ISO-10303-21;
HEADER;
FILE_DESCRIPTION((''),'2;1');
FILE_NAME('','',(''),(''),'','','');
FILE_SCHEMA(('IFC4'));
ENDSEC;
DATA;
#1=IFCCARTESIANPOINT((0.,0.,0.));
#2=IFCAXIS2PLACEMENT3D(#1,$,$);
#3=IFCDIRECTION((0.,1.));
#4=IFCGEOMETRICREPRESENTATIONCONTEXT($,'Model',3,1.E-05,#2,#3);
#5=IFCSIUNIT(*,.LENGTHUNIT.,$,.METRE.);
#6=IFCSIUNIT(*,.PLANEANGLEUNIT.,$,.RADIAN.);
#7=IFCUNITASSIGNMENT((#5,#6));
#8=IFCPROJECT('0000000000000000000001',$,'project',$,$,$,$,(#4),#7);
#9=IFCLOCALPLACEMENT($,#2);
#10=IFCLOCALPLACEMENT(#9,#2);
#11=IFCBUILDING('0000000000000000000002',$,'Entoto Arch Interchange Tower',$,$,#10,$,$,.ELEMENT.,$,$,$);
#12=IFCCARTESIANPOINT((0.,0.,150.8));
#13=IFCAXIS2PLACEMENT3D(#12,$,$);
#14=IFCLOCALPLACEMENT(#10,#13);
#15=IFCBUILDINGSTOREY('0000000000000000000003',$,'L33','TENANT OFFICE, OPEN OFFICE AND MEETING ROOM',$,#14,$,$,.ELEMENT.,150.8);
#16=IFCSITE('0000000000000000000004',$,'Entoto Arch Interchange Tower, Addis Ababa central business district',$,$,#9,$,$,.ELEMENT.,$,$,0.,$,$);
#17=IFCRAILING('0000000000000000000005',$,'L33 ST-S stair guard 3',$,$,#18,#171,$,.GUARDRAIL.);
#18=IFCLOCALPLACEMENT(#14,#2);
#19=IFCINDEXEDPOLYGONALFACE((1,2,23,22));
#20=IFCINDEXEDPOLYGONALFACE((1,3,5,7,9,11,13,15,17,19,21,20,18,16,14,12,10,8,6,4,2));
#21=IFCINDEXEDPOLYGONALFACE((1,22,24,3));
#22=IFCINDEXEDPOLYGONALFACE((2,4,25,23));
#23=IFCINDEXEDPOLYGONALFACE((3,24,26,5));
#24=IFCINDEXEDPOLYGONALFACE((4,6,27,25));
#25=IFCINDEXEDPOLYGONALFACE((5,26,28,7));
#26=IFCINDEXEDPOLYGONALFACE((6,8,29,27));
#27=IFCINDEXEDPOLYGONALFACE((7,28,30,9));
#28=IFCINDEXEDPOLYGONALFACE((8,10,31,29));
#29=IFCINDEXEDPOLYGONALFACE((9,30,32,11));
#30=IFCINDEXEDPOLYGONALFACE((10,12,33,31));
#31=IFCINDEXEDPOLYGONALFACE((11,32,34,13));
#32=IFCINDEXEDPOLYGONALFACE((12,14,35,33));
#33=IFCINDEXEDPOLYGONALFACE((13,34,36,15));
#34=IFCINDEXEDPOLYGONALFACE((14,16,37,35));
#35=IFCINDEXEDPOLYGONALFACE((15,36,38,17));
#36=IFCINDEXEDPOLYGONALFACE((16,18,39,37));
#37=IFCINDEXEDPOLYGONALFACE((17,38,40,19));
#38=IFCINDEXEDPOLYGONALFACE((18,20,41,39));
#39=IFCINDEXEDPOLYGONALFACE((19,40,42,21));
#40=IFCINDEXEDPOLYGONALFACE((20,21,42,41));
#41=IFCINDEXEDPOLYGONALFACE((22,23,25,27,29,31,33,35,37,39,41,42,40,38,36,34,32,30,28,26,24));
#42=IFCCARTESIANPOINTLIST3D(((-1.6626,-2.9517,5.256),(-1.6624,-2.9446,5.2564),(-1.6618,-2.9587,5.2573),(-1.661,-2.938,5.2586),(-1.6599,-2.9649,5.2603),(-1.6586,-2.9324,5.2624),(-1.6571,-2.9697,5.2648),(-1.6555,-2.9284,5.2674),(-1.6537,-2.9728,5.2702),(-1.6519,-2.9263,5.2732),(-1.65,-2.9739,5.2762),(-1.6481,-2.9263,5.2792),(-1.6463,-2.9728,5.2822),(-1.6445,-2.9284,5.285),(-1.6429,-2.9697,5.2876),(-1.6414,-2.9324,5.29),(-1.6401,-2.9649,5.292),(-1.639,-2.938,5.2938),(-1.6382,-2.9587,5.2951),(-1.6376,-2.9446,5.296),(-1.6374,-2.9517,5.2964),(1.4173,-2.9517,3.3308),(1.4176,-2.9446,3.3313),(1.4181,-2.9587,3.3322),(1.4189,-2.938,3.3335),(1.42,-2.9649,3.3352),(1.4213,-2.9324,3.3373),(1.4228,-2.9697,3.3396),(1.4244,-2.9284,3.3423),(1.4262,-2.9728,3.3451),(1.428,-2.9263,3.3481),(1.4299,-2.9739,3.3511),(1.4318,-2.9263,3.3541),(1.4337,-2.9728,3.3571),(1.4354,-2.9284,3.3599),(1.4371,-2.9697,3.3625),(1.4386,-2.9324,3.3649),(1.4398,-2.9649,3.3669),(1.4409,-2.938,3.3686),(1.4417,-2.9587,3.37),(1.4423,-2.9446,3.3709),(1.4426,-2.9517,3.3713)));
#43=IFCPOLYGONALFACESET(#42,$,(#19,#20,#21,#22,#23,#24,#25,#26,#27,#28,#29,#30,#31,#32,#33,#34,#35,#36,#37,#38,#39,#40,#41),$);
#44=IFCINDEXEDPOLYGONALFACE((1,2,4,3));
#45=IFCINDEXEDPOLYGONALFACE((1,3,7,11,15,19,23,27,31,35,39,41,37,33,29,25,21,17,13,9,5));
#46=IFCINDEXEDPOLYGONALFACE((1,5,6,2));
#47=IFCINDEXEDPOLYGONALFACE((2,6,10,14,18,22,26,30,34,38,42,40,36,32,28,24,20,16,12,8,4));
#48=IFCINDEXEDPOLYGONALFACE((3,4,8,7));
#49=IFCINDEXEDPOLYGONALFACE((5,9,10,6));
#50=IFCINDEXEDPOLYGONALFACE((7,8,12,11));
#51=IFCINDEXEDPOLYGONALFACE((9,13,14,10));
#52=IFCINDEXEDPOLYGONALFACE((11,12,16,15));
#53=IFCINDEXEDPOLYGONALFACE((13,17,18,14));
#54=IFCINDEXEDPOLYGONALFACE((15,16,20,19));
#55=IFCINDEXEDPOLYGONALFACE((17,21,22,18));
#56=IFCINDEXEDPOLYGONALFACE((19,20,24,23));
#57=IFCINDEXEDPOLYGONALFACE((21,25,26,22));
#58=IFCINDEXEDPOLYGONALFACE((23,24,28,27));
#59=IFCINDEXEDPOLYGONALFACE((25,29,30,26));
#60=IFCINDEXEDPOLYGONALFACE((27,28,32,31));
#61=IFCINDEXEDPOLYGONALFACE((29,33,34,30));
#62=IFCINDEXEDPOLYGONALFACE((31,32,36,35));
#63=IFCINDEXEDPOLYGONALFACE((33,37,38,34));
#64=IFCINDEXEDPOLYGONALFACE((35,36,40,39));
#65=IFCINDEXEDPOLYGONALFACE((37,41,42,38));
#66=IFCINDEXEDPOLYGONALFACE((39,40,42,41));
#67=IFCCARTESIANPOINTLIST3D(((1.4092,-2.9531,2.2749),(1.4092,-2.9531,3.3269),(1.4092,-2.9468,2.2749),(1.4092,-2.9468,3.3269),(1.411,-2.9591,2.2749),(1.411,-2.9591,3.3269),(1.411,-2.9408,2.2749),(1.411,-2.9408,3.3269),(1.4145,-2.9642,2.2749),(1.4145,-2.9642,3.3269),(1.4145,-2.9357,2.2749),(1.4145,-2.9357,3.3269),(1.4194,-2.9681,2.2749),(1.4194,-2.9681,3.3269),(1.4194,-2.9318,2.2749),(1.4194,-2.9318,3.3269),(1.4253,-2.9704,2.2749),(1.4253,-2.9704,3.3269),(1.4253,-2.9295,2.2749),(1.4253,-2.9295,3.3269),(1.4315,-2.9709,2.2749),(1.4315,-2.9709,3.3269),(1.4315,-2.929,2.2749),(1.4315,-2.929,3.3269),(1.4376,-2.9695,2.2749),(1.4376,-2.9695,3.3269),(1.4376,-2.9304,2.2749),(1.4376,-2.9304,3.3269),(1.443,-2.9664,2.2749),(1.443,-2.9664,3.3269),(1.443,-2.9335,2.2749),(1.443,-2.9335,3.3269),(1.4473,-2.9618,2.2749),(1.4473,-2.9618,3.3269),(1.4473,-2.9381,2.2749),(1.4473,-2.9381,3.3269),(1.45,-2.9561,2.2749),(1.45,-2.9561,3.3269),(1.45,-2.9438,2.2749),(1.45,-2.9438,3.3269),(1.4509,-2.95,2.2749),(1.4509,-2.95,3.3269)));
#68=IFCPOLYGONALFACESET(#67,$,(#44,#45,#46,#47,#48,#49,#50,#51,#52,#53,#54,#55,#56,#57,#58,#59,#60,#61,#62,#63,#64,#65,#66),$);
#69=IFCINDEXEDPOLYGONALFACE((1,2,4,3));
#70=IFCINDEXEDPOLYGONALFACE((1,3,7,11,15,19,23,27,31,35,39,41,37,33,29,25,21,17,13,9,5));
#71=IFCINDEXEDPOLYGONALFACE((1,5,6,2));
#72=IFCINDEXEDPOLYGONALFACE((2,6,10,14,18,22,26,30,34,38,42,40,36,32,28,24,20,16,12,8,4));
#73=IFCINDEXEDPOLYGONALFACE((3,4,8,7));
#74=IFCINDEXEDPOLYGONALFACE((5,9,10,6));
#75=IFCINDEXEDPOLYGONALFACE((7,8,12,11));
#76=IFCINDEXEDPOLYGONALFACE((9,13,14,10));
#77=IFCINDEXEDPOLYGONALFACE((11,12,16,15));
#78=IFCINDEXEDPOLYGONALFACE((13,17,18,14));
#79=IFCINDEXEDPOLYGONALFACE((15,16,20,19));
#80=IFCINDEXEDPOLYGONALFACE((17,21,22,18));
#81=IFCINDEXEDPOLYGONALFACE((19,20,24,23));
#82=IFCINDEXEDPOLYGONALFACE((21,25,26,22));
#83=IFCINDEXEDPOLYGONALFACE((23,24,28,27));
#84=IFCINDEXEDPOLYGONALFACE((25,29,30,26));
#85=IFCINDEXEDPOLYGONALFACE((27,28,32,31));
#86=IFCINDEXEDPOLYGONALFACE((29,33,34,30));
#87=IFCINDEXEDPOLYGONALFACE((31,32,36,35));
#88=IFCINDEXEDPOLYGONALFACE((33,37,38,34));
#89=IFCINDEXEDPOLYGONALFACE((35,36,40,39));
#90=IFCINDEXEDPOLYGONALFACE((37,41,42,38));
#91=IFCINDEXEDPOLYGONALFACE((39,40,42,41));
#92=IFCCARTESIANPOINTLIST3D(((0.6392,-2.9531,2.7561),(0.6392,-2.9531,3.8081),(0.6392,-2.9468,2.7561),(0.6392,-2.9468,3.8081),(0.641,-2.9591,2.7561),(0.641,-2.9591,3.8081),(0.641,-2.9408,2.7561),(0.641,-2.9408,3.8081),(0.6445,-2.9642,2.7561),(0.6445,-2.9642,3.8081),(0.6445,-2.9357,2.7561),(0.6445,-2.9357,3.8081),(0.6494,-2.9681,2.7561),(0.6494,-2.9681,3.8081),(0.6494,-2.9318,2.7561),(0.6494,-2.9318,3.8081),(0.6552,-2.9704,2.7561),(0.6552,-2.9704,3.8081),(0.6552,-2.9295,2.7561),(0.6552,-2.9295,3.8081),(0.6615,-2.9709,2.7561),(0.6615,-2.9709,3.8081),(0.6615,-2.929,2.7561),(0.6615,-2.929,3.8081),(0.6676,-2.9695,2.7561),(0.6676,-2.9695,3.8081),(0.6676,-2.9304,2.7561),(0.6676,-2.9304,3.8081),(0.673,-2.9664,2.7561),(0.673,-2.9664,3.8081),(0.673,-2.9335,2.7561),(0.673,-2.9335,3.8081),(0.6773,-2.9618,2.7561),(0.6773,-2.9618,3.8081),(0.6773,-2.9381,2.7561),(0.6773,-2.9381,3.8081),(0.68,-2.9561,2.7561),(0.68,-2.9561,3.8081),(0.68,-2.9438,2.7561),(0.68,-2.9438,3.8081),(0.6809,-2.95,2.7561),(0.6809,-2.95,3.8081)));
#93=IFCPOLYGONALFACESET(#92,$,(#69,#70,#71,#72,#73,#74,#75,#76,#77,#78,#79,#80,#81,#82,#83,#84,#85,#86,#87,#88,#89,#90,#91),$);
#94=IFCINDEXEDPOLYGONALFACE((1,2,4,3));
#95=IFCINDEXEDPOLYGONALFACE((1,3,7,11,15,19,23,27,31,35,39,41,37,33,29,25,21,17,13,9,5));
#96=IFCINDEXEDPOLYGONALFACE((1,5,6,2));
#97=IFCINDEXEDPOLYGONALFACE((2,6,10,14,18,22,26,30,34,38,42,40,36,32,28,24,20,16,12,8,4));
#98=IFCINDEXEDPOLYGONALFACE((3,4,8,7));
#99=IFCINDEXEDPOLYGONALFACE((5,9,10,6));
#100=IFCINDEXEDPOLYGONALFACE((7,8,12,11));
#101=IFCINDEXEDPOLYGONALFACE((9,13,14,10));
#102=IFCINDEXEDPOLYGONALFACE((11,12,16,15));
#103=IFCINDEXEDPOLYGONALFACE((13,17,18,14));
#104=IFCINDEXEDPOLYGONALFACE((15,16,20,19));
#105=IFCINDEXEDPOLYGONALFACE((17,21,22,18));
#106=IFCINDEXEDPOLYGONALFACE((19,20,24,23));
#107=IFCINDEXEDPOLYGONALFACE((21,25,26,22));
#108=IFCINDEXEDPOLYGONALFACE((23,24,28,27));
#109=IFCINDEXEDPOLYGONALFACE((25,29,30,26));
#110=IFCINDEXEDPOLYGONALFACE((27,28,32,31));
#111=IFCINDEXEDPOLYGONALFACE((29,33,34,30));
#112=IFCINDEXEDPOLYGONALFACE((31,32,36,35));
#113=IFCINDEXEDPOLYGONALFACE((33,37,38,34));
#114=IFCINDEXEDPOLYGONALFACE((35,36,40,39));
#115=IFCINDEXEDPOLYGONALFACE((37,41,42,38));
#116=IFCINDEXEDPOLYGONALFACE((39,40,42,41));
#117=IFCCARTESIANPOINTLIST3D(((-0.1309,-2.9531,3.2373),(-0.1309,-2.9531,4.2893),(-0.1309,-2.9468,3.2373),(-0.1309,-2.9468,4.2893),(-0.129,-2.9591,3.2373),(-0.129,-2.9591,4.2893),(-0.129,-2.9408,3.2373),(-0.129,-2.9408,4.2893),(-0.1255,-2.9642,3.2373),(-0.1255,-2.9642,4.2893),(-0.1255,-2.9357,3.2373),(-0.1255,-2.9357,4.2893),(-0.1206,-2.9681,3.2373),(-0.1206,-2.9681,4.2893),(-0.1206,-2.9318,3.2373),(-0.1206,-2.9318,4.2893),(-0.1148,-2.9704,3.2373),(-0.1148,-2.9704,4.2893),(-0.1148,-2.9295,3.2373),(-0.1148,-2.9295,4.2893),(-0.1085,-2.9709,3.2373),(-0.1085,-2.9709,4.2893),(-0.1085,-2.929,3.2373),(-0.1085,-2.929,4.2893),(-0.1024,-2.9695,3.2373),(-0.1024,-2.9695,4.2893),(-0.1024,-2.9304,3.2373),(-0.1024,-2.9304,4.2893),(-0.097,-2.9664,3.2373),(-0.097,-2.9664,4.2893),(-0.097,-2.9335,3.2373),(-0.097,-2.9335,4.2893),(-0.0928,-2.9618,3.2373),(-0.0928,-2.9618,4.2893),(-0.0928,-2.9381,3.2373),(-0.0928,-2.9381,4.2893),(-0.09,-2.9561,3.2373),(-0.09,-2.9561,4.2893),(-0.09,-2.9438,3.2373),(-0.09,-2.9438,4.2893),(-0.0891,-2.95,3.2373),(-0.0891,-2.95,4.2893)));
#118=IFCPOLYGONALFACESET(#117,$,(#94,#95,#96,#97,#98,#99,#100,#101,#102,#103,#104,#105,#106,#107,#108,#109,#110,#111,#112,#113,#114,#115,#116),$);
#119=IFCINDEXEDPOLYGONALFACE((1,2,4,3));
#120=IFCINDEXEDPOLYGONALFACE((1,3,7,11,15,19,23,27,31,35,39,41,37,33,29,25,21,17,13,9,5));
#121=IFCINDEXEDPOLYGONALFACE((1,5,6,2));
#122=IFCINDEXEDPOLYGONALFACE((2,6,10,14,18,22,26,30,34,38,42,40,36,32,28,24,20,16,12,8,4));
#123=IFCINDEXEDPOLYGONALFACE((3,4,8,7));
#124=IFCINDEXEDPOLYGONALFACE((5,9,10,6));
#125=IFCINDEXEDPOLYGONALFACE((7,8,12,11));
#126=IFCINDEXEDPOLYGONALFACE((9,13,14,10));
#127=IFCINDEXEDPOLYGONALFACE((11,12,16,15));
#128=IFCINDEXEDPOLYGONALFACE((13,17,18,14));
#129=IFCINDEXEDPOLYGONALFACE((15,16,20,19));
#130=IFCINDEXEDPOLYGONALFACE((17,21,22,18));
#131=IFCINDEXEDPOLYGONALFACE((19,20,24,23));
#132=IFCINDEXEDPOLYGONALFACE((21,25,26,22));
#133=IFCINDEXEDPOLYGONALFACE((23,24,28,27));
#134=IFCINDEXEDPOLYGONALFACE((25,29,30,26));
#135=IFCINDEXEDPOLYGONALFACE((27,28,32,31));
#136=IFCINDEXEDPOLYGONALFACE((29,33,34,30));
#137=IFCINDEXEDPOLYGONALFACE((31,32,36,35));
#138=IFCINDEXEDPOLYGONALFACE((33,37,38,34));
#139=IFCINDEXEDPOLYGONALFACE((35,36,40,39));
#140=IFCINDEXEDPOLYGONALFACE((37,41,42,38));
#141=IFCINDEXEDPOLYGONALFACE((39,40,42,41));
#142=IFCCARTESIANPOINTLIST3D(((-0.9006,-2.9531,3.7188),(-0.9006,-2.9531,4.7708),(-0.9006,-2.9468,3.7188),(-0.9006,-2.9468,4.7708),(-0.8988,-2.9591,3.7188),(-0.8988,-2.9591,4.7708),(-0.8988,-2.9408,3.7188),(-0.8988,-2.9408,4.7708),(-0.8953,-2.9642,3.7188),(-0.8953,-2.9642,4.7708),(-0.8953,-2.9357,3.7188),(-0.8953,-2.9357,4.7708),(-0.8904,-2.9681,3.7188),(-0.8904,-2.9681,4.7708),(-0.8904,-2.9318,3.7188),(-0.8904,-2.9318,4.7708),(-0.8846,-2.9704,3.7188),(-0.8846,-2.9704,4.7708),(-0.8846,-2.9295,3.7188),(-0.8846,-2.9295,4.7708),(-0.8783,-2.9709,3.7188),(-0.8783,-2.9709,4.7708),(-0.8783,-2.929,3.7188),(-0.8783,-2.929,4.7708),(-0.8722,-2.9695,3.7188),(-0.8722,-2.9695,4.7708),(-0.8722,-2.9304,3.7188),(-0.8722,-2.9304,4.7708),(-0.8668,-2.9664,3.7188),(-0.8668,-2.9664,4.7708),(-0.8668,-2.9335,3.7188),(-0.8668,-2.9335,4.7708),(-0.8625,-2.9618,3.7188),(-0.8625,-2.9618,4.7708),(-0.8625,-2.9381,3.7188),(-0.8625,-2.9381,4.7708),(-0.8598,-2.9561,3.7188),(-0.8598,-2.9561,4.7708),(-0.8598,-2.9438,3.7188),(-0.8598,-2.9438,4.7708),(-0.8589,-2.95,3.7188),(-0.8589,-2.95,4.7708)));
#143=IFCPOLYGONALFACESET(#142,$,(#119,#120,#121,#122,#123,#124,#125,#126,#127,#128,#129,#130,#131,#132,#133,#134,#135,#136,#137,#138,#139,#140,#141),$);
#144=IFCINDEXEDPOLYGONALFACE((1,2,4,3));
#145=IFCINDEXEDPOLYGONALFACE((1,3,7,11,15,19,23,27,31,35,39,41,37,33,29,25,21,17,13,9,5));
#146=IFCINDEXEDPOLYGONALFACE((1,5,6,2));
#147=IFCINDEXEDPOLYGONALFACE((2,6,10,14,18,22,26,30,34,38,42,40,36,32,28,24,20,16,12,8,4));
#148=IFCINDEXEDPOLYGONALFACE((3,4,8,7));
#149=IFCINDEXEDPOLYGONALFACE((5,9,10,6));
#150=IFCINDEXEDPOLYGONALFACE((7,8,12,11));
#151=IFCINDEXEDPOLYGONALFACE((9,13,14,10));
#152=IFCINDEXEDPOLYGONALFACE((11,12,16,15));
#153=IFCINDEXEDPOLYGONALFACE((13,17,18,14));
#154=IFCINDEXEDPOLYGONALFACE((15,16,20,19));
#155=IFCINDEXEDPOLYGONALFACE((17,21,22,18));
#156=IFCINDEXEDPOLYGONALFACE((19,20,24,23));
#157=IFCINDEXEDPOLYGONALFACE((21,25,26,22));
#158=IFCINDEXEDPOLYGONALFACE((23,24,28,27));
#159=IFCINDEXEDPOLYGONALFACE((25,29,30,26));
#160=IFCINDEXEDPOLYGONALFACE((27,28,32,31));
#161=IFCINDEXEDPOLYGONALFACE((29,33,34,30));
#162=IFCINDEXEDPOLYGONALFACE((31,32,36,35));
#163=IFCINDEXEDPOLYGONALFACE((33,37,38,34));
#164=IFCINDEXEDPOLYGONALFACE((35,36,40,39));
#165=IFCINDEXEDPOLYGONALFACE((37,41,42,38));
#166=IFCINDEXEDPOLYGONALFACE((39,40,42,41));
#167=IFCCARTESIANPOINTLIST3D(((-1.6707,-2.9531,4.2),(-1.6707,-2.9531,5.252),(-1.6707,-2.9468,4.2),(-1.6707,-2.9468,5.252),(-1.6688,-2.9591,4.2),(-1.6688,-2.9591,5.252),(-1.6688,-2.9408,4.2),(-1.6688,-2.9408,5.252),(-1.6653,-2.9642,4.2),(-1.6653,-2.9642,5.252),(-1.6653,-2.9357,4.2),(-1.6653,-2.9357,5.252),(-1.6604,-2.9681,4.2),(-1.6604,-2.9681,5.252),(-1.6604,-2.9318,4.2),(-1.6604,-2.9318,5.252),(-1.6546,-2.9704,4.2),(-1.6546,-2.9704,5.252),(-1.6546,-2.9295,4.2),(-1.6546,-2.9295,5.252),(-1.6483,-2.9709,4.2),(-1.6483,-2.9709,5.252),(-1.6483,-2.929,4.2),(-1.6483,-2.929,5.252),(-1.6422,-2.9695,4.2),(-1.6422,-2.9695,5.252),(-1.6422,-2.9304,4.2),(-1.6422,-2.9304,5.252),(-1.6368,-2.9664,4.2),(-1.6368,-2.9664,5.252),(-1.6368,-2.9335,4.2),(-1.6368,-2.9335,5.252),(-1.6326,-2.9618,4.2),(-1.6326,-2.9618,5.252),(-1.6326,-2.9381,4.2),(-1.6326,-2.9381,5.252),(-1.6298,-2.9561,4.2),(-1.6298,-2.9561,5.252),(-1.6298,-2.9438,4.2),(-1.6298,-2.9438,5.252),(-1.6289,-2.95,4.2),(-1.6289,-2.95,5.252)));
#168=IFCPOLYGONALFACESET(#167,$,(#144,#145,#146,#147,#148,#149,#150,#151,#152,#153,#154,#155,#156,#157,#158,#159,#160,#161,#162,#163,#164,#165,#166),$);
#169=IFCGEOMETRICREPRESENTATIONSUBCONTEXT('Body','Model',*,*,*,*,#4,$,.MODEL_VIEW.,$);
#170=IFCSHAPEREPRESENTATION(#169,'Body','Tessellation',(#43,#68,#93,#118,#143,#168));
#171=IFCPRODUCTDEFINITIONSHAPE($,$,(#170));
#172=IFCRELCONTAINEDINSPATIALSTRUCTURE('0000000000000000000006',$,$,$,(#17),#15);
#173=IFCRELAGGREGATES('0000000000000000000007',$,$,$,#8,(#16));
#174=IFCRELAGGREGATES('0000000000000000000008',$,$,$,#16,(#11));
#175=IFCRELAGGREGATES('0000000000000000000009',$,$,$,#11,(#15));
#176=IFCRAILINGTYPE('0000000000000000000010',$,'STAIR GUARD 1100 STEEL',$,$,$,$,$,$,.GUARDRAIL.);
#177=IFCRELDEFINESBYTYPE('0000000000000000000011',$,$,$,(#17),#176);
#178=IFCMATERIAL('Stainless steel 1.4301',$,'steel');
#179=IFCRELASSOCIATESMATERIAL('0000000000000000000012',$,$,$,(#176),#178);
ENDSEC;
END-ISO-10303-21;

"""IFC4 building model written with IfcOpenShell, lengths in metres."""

from ifc_helpers import new_model, si_unit, direction, frame, origin, origin_2d, place, context, subcontext, project, spatial, circle, extrude, material, type_object, element, save


model = new_model("IFC4")

# Units and contexts
model_context = context("Model", 3, precision=1e-05, world=origin(), true_north=direction((0.0, 1.0)))
body_context = subcontext(model_context, "Body", "Model", "MODEL_VIEW")
ifc_project = project(units=[si_unit("LENGTHUNIT", "METRE"), si_unit("PLANEANGLEUNIT", "RADIAN")], contexts=[model_context])

# Site, building, storey
site_placement = place(None, origin())
site = spatial("IfcSite", under=ifc_project, at=site_placement, Name="Entoto Arch Interchange Tower, Addis Ababa central business district", CompositionType="ELEMENT", RefElevation=0.0)
building_placement = place(site_placement, origin())
building = spatial("IfcBuilding", under=site, at=building_placement, Name="Entoto Arch Interchange Tower", CompositionType="ELEMENT")
storey_placement = place(building_placement, frame((0.0, 0.0, 150.8)))
storey = spatial("IfcBuildingStorey", under=building, at=storey_placement, Name="L33", Description="TENANT OFFICE, OPEN OFFICE AND MEETING ROOM", CompositionType="ELEMENT", Elevation=150.8)

# Railing
ifc_material_1 = material(Name="Stainless steel 1.4301", Category="steel")
railing_type_1 = type_object("IfcRailingType", Name="STAIR GUARD 1100 STEEL", PredefinedType="GUARDRAIL", material=ifc_material_1)
railing_1_placement = place(storey_placement, frame((1.4299, -2.95, 2.2749)))
element("IfcRailing", 1, at=railing_1_placement, inside=storey, type_object=railing_type_1, Name="L33 ST-S stair guard 3", PredefinedType="GUARDRAIL", context=body_context, shape_type="SweptSolid", body=[
    extrude(circle(Radius=0.0239, at=origin_2d()), frame((0.0, 0.0, 1.0762), z_axis=(-0.847979, 0.0, 0.530029), x_axis=(0.0, -1.0, 0.0)), (0.0, 0.0, 1.0), 3.6321),
    extrude(circle(Radius=0.021, at=origin_2d()), origin(), (0.0, 0.0, 1.0), 1.052),
    extrude(circle(Radius=0.021, at=origin_2d()), frame((-0.77, 0.0, 0.4812)), (0.0, 0.0, 1.0), 1.052),
    extrude(circle(Radius=0.021, at=origin_2d()), frame((-1.54, 0.0, 0.9624)), (0.0, 0.0, 1.0), 1.052),
    extrude(circle(Radius=0.021, at=origin_2d()), frame((-2.3098, 0.0, 1.4438)), (0.0, 0.0, 1.0), 1.052),
    extrude(circle(Radius=0.021, at=origin_2d()), frame((-3.0798, 0.0, 1.925)), (0.0, 0.0, 1.0), 1.052),
])

save(model, "model.ifc")
